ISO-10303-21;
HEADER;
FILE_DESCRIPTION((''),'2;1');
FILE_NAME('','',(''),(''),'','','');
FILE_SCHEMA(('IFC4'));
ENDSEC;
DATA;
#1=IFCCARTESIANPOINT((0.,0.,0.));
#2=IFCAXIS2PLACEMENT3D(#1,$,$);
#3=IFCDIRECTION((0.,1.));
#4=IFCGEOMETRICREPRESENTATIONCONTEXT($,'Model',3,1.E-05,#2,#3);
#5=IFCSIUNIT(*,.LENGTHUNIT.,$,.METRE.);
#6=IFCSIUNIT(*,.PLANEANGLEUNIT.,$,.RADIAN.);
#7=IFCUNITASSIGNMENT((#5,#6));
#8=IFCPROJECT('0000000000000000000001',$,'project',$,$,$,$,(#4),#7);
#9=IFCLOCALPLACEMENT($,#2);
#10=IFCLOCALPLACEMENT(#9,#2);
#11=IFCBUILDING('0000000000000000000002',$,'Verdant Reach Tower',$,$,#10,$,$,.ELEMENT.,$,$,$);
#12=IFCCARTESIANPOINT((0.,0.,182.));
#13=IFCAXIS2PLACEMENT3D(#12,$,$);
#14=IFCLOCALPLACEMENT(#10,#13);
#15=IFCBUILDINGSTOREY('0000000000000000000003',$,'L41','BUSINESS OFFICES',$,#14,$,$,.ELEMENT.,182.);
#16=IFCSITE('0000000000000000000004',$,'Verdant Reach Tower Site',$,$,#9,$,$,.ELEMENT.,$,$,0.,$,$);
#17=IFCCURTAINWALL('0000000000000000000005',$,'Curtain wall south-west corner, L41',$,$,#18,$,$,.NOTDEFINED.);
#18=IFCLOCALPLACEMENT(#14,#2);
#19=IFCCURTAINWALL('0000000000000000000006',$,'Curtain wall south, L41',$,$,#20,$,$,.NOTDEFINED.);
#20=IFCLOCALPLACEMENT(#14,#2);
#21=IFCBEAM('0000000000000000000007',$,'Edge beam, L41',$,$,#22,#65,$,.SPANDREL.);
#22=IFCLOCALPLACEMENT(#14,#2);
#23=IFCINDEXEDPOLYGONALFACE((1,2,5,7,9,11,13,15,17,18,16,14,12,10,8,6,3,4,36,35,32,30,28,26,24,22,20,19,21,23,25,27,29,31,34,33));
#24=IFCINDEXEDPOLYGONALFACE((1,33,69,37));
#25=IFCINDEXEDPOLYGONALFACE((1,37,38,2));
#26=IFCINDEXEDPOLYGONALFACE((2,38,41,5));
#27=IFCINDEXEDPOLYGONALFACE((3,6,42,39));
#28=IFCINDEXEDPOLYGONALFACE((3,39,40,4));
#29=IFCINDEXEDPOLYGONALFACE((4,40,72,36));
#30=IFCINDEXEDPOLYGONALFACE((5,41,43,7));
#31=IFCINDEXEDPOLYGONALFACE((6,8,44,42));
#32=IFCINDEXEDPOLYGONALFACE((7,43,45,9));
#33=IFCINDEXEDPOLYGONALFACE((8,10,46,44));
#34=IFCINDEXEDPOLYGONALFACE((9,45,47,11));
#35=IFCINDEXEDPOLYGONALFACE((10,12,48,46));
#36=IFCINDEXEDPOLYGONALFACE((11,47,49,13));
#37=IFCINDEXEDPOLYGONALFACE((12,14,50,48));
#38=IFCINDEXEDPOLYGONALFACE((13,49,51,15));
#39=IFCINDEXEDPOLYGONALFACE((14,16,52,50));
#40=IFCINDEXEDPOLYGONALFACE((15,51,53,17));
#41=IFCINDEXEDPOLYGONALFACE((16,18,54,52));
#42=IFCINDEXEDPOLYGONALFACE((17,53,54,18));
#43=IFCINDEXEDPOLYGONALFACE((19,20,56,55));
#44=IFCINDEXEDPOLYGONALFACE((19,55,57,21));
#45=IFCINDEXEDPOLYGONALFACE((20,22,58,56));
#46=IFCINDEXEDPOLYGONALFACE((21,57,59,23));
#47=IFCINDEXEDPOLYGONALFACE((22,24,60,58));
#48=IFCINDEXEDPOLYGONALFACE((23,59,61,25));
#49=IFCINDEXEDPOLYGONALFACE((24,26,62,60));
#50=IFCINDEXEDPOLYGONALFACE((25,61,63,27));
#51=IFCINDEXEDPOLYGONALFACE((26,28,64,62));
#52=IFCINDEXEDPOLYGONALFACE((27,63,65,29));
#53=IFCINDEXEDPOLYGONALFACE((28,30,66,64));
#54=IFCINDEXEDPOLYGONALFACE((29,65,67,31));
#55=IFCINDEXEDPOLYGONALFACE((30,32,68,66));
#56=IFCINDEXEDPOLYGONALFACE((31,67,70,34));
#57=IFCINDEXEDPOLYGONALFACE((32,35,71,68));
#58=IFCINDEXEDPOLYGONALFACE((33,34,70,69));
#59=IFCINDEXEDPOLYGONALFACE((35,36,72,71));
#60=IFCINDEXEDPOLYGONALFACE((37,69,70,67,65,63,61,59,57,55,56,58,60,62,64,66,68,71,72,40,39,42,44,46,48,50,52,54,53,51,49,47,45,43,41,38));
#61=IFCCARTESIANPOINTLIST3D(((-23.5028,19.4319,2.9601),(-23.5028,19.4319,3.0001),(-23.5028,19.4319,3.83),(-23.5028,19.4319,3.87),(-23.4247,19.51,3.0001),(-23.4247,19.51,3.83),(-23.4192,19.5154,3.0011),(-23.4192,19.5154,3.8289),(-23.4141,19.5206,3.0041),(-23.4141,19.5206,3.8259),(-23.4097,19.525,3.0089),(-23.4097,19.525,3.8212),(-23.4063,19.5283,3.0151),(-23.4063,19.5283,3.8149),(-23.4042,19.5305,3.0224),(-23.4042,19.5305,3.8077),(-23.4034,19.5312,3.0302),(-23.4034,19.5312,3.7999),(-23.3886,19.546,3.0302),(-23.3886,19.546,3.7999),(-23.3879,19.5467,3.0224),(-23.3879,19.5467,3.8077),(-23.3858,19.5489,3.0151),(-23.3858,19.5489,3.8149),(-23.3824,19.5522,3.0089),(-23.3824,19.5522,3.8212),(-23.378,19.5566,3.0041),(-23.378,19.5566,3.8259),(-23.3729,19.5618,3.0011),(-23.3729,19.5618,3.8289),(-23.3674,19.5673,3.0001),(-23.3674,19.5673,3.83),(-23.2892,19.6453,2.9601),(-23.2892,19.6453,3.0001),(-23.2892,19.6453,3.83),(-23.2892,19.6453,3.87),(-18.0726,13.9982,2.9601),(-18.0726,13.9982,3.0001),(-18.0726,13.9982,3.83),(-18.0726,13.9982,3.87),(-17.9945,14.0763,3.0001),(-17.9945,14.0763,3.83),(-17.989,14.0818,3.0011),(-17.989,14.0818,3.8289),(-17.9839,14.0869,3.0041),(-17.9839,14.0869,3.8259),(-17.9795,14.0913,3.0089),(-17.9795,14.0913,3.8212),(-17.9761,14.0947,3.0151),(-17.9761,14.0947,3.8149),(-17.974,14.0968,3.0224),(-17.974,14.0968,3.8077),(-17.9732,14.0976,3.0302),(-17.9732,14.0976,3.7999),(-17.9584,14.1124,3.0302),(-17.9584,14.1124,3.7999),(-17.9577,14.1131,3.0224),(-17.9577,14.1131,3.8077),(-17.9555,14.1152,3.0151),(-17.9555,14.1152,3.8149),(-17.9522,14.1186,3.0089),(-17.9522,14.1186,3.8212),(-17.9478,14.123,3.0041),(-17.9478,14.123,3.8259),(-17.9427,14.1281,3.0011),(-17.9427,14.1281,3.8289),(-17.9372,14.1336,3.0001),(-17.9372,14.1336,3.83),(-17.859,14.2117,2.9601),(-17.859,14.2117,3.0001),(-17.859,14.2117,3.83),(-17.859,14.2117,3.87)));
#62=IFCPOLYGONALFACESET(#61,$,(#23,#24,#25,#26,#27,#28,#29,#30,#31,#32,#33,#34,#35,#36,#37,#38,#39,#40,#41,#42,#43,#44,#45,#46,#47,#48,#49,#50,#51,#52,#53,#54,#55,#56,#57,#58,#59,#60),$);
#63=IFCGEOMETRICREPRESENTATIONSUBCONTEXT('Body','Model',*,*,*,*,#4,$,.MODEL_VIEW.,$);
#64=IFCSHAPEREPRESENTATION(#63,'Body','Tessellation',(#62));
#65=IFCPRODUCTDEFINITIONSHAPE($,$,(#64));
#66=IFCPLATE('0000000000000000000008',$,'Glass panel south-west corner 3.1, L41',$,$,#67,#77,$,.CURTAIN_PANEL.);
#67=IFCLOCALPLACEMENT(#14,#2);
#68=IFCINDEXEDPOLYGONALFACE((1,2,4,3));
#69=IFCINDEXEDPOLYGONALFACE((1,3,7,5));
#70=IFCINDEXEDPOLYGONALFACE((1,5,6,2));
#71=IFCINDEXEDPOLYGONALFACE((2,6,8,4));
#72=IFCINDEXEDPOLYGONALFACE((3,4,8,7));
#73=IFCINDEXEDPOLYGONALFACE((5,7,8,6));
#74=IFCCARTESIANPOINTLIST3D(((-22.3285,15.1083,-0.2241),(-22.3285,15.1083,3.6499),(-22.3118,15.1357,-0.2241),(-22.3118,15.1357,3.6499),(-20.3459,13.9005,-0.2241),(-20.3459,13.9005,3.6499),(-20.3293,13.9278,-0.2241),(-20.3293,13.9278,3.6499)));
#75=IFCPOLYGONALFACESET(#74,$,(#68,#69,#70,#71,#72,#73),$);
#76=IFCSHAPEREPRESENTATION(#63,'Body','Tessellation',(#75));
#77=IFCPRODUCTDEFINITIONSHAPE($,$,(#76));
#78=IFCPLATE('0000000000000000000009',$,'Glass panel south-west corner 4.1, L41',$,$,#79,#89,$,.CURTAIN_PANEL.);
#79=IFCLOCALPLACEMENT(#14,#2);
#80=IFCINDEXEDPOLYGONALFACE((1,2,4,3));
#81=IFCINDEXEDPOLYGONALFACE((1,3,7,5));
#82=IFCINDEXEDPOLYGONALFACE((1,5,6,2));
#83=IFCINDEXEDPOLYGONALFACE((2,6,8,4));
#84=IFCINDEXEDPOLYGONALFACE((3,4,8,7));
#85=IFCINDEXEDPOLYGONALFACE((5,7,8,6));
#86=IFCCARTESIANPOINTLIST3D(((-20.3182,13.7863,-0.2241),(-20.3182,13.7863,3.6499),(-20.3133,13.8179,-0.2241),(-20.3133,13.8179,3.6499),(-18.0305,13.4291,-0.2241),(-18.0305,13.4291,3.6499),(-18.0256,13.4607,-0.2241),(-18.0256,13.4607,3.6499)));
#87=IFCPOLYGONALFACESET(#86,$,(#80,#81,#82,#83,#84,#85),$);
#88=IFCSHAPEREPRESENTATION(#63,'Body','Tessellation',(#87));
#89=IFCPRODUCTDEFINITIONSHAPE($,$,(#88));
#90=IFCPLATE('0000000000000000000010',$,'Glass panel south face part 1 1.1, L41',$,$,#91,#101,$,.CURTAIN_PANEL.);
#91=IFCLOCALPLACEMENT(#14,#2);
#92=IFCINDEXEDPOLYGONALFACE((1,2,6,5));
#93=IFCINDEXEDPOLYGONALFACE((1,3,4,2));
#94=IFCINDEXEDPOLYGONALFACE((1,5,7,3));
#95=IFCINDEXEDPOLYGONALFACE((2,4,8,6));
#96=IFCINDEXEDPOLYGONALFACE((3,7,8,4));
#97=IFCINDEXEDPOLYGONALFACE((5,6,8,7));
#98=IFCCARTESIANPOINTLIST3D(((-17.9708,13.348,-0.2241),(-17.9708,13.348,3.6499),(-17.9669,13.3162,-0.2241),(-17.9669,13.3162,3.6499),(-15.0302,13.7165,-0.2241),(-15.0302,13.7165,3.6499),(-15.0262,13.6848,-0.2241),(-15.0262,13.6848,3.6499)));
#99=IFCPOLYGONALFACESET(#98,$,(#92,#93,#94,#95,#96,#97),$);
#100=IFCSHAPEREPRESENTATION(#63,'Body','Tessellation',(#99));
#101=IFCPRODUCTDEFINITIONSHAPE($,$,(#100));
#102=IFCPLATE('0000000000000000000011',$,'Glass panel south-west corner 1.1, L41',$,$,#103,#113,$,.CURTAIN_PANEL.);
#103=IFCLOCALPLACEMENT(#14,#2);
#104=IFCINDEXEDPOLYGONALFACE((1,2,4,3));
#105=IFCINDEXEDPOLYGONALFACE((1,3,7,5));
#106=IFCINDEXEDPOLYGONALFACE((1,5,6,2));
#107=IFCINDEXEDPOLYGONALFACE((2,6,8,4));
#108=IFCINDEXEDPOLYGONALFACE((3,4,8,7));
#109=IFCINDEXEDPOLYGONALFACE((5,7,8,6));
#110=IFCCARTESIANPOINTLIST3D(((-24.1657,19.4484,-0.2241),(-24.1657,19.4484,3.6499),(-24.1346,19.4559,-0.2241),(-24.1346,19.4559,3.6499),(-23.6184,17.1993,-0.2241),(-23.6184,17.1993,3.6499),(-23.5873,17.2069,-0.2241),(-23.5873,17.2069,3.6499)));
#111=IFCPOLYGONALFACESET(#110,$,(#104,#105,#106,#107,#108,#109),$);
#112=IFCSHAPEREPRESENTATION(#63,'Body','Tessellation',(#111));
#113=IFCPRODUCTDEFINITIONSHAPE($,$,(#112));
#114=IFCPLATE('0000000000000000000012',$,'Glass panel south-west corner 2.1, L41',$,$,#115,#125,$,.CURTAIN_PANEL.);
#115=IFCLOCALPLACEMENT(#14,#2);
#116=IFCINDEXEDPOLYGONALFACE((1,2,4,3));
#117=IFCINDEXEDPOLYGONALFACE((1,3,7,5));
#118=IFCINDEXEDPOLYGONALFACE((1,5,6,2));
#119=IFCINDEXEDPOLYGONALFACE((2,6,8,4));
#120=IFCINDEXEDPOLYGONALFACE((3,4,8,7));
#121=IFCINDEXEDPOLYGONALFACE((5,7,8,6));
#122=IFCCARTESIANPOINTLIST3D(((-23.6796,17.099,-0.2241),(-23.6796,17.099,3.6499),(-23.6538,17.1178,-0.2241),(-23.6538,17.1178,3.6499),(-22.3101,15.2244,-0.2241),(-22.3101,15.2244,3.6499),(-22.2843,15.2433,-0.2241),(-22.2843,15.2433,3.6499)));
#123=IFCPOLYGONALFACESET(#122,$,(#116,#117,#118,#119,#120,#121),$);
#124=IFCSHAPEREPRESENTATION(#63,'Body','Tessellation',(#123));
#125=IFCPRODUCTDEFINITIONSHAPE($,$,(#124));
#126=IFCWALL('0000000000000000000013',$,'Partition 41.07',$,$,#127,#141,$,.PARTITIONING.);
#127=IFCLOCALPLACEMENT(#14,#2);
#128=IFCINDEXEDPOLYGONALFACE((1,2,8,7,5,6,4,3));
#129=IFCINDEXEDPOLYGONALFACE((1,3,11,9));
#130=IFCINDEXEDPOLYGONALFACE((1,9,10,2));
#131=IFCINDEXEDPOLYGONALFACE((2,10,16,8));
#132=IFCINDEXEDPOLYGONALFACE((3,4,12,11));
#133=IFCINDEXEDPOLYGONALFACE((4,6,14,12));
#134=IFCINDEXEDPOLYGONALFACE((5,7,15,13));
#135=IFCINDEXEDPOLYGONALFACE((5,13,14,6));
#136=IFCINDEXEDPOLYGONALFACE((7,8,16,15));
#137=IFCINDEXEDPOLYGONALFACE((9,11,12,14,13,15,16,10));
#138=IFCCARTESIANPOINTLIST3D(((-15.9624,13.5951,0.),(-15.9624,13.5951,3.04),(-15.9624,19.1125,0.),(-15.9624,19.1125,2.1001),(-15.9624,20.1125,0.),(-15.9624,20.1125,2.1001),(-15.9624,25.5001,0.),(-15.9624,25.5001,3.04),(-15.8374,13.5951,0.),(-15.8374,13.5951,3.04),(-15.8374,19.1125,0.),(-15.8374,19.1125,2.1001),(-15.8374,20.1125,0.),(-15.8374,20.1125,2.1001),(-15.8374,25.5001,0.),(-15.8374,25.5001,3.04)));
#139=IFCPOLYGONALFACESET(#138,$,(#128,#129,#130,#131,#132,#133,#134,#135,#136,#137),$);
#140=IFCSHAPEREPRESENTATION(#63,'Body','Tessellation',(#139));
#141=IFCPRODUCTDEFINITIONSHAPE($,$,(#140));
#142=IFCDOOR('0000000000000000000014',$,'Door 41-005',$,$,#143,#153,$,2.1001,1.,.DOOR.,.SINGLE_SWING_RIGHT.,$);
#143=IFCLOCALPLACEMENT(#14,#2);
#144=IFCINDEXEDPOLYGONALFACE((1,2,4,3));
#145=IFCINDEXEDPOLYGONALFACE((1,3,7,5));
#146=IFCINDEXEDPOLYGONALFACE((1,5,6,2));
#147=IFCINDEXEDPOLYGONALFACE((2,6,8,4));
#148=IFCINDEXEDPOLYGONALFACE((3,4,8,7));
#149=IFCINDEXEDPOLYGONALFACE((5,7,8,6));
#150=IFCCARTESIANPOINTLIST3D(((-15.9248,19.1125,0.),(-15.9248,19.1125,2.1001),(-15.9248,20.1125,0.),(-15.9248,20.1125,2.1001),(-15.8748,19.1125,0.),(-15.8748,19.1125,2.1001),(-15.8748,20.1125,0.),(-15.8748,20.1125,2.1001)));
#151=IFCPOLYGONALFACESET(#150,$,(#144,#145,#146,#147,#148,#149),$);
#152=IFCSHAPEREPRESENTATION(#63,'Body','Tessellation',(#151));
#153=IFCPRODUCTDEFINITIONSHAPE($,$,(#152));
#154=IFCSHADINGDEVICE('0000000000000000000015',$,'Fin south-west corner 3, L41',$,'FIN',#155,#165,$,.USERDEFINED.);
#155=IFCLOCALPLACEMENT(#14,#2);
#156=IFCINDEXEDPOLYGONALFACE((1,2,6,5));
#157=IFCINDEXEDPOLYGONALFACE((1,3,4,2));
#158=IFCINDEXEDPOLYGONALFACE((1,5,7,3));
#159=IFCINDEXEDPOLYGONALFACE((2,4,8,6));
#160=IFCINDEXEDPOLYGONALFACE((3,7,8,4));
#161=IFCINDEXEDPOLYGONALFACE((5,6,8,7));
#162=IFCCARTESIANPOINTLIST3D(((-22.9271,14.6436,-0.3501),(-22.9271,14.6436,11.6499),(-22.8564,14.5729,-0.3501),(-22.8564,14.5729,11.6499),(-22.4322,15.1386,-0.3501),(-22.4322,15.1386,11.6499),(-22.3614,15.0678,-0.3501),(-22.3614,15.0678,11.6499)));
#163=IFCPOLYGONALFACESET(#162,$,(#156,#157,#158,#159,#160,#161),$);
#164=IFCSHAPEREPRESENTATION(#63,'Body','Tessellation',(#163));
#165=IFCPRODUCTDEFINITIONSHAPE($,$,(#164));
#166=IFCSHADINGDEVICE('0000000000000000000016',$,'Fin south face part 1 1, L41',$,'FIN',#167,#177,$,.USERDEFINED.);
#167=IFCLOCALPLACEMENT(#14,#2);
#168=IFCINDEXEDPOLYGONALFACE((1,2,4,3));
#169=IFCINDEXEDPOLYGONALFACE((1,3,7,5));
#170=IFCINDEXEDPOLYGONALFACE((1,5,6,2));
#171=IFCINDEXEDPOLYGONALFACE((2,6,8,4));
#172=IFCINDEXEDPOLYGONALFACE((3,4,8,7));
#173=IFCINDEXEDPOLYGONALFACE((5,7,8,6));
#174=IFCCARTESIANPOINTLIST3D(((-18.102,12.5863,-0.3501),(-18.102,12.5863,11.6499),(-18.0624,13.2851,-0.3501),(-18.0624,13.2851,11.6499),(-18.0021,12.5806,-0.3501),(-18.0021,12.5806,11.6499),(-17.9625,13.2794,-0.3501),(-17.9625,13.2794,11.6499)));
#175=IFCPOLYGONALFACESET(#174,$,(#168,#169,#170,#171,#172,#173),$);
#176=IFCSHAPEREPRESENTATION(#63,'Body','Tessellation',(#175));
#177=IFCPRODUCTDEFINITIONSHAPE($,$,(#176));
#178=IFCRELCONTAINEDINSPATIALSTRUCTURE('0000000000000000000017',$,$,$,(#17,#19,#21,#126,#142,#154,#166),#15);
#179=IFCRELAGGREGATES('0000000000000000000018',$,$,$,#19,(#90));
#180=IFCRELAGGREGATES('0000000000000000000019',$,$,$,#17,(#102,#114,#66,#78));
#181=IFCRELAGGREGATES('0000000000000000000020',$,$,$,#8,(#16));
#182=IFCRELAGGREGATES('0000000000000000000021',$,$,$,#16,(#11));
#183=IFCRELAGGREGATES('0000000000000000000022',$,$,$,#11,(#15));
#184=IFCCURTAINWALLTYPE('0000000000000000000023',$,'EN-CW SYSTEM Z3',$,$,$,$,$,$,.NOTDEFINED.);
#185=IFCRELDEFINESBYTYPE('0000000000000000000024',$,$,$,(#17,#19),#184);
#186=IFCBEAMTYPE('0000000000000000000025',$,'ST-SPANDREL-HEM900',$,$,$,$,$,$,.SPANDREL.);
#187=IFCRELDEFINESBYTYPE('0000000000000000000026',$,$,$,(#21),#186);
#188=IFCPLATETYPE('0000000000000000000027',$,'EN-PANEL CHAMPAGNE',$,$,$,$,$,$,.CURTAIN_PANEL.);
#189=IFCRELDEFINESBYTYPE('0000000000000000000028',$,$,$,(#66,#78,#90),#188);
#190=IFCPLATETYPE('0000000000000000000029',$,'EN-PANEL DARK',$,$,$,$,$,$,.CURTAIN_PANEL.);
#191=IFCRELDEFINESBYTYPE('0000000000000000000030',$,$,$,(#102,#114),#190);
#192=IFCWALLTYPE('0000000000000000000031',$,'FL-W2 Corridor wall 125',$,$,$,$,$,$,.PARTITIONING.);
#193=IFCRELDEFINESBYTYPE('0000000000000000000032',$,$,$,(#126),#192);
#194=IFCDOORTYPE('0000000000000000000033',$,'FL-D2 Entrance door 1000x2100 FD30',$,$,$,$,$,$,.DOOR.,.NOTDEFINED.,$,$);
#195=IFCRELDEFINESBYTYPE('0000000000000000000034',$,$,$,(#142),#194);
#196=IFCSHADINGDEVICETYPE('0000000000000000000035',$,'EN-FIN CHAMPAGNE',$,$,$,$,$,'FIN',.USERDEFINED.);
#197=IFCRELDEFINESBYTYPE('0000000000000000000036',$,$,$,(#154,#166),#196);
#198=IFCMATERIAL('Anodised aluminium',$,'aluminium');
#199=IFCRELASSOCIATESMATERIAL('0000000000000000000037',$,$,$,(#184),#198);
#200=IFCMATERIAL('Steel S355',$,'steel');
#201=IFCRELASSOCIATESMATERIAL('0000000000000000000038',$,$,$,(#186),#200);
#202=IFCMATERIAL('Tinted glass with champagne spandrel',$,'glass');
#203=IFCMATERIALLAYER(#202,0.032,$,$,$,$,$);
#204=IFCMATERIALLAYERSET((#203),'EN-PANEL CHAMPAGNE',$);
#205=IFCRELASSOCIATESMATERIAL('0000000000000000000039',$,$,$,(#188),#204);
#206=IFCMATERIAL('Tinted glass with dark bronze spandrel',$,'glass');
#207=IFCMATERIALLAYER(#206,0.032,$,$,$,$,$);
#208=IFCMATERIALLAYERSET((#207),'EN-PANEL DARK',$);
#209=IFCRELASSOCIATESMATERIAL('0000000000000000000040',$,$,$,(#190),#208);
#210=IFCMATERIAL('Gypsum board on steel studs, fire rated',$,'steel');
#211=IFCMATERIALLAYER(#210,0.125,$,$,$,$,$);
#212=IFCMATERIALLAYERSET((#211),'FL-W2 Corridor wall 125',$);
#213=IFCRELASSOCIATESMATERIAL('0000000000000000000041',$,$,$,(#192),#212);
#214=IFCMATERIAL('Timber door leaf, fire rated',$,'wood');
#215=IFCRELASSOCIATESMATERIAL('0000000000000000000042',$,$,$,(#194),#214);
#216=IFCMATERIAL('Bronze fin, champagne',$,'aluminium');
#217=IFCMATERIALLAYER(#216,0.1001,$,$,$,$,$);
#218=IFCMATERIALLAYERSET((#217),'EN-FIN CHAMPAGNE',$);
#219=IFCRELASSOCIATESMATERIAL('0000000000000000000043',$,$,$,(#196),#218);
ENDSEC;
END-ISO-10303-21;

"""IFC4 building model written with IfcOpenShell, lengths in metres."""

from ifc_helpers import new_model, si_unit, direction, frame, frame_2d, origin, origin_2d, place, context, subcontext, project, spatial, rectangle, i_section, extrude, material, layer, layer_set, material_profile, profile_set, type_object, element, fill, aggregate, save


model = new_model("IFC4")

# Units and contexts
model_context = context("Model", 3, precision=1e-05, world=origin(), true_north=direction((0.0, 1.0)))
body_context = subcontext(model_context, "Body", "Model", "MODEL_VIEW")
ifc_project = project(units=[si_unit("LENGTHUNIT", "METRE"), si_unit("PLANEANGLEUNIT", "RADIAN")], contexts=[model_context])

# Site, building, storey
site_placement = place(None, origin())
site = spatial("IfcSite", under=ifc_project, at=site_placement, Name="Verdant Reach Tower Site", CompositionType="ELEMENT", RefElevation=0.0)
building_placement = place(site_placement, origin())
building = spatial("IfcBuilding", under=site, at=building_placement, Name="Verdant Reach Tower", CompositionType="ELEMENT")
storey_placement = place(building_placement, frame((0.0, 0.0, 182.0)))
storey = spatial("IfcBuildingStorey", under=building, at=storey_placement, Name="L41", Description="BUSINESS OFFICES", CompositionType="ELEMENT", Elevation=182.0)

# Curtain walls
ifc_material_1 = material(Name="Anodised aluminium", Category="aluminium")
curtain_wall_type = type_object("IfcCurtainWallType", Name="EN-CW SYSTEM Z3", PredefinedType="NOTDEFINED", material=ifc_material_1)
curtain_wall_1_placement = place(storey_placement, origin())
curtain_wall_1 = element("IfcCurtainWall", 1, at=curtain_wall_1_placement, inside=storey, type_object=curtain_wall_type, Name="Curtain wall south-west corner, L41", PredefinedType="NOTDEFINED")
curtain_wall_2_placement = place(storey_placement, origin())
curtain_wall_2 = element("IfcCurtainWall", 2, at=curtain_wall_2_placement, inside=storey, type_object=curtain_wall_type, Name="Curtain wall south, L41", PredefinedType="NOTDEFINED")

# Beam
ifc_material_2 = material(Name="Steel S355", Category="steel")
ifc_material_profile_1 = material_profile(ifc_material_2, i_section(OverallWidth=0.302, OverallDepth=0.9099, WebThickness=0.021, FlangeThickness=0.04, FilletRadius=0.03, at=origin_2d()), Name="HEM 900")
ifc_profile_set_1 = profile_set([ifc_material_profile_1], Name="Steel S355")
beam_type_1 = type_object("IfcBeamType", Name="ST-SPANDREL-HEM900", PredefinedType="SPANDREL", material=ifc_profile_set_1)
beam_1_placement = place(storey_placement, frame((-17.9658, 14.105, 3.415), z_axis=(-0.706884, 0.707329, 0.0), x_axis=(-0.707329, -0.706884, 0.0)))
element("IfcBeam", 3, at=beam_1_placement, inside=storey, type_object=beam_type_1, Name="Edge beam, L41", PredefinedType="SPANDREL", context=body_context, shape_type="SweptSolid", body=[
    extrude(i_section(OverallWidth=0.302, OverallDepth=0.9099, WebThickness=0.021, FlangeThickness=0.04, FilletRadius=0.03, at=origin_2d()), origin(), (0.0, 0.0, 1.0), 7.6819),
])

# Plates
ifc_material_3 = material(Name="Tinted glass with champagne spandrel", Category="glass")
ifc_layer_1 = layer(ifc_material_3, 0.032)
ifc_layer_set_1 = layer_set([ifc_layer_1], Name="EN-PANEL CHAMPAGNE")
plate_type_1 = type_object("IfcPlateType", Name="EN-PANEL CHAMPAGNE", PredefinedType="CURTAIN_PANEL", material=ifc_layer_set_1)
plate_1_placement = place(storey_placement, frame((-21.3289, 14.5181, -0.2241), z_axis=(0.0, 0.0, 1.0), x_axis=(0.853989, -0.520292, 0.0)))
plate_1 = element("IfcPlate", 4, at=plate_1_placement, type_object=plate_type_1, Name="Glass panel south-west corner 3.1, L41", PredefinedType="CURTAIN_PANEL", context=body_context, shape_type="SweptSolid", body=[
    extrude(rectangle(XDim=2.3215, YDim=0.032, at=origin_2d()), origin(), (0.0, 0.0, 1.0), 3.874),
])
plate_2_placement = place(storey_placement, frame((-19.1719, 13.6235, -0.2241), z_axis=(0.0, 0.0, 1.0), x_axis=(0.988029, -0.154268, 0.0)))
plate_2 = element("IfcPlate", 5, at=plate_2_placement, type_object=plate_type_1, Name="Glass panel south-west corner 4.1, L41", PredefinedType="CURTAIN_PANEL", context=body_context, shape_type="SweptSolid", body=[
    extrude(rectangle(XDim=2.3154, YDim=0.032, at=origin_2d()), origin(), (0.0, 0.0, 1.0), 3.874),
])
plate_3_placement = place(storey_placement, frame((-16.4985, 13.5164, -0.2241), z_axis=(0.0, 0.0, 1.0), x_axis=(0.992238, 0.124355, 0.0)))
plate_3 = element("IfcPlate", 6, at=plate_3_placement, type_object=plate_type_1, Name="Glass panel south face part 1 1.1, L41", PredefinedType="CURTAIN_PANEL", context=body_context, shape_type="SweptSolid", body=[
    extrude(rectangle(XDim=2.9636, YDim=0.032, at=origin_2d()), origin(), (0.0, 0.0, 1.0), 3.874),
])
aggregate(curtain_wall_2, [plate_3])
ifc_material_4 = material(Name="Tinted glass with dark bronze spandrel", Category="glass")
ifc_layer_2 = layer(ifc_material_4, 0.032)
ifc_layer_set_2 = layer_set([ifc_layer_2], Name="EN-PANEL DARK")
plate_type_2 = type_object("IfcPlateType", Name="EN-PANEL DARK", PredefinedType="CURTAIN_PANEL", material=ifc_layer_set_2)
plate_4_placement = place(storey_placement, frame((-23.8765, 18.3276, -0.2241), z_axis=(0.0, 0.0, 1.0), x_axis=(0.236446, -0.971645, 0.0)))
plate_4 = element("IfcPlate", 7, at=plate_4_placement, type_object=plate_type_2, Name="Glass panel south-west corner 1.1, L41", PredefinedType="CURTAIN_PANEL", context=body_context, shape_type="SweptSolid", body=[
    extrude(rectangle(XDim=2.3147, YDim=0.032, at=origin_2d()), origin(), (0.0, 0.0, 1.0), 3.874),
])
plate_5_placement = place(storey_placement, frame((-22.9819, 16.1711, -0.2241), z_axis=(0.0, 0.0, 1.0), x_axis=(0.589927, -0.807457, 0.0)))
plate_5 = element("IfcPlate", 8, at=plate_5_placement, type_object=plate_type_2, Name="Glass panel south-west corner 2.1, L41", PredefinedType="CURTAIN_PANEL", context=body_context, shape_type="SweptSolid", body=[
    extrude(rectangle(XDim=2.3215, YDim=0.032, at=origin_2d()), origin(), (0.0, 0.0, 1.0), 3.874),
])
aggregate(curtain_wall_1, [plate_4, plate_5, plate_1, plate_2])

# Wall, opening, door
ifc_material_5 = material(Name="Gypsum board on steel studs, fire rated", Category="steel")
ifc_layer_3 = layer(ifc_material_5, 0.125)
ifc_layer_set_3 = layer_set([ifc_layer_3], Name="FL-W2 Corridor wall 125")
wall_type = type_object("IfcWallType", Name="FL-W2 Corridor wall 125", PredefinedType="PARTITIONING", material=ifc_layer_set_3)
wall_placement = place(storey_placement, frame((-15.8999, 13.595, 0.0), z_axis=(0.0, 0.0, 1.0), x_axis=(0.0, 1.0, 0.0)))
wall = element("IfcWall", 9, at=wall_placement, inside=storey, type_object=wall_type, Name="Partition 41.07", PredefinedType="PARTITIONING", context=body_context, shape_type="SweptSolid", body=[
    extrude(rectangle(XDim=11.905, YDim=0.125, at=frame_2d((5.9526, 0.0))), origin(), (0.0, 0.0, 1.0), 3.04),
])
opening_placement = place(wall_placement, frame((5.5176, 0.0, 0.0)))
opening = element("IfcOpeningElement", 10, at=opening_placement, cuts=wall, PredefinedType="OPENING", context=body_context, shape_type="SweptSolid", body=[
    extrude(rectangle(XDim=1.0, YDim=2.1001, at=frame_2d((0.5, 1.05))), frame((0.0, 0.0725, 0.0), z_axis=(0.0, -1.0, 0.0), x_axis=(1.0, 0.0, 0.0)), (0.0, 0.0, 1.0), 0.145),
])
ifc_material_6 = material(Name="Timber door leaf, fire rated", Category="wood")
door_type = type_object("IfcDoorType", Name="FL-D2 Entrance door 1000x2100 FD30", OperationType="NOTDEFINED", PredefinedType="DOOR", material=ifc_material_6)
door_placement = place(opening_placement, origin())
door = element("IfcDoor", 11, at=door_placement, inside=storey, type_object=door_type, Name="Door 41-005", OperationType="SINGLE_SWING_RIGHT", OverallHeight=2.1001, OverallWidth=1.0, PredefinedType="DOOR", context=body_context, shape_type="SweptSolid", body=[
    extrude(rectangle(XDim=1.0, YDim=2.1001, at=frame_2d((0.5, 1.05))), frame((0.0, 0.0249, 0.0), z_axis=(0.0, -1.0, 0.0), x_axis=(1.0, 0.0, 0.0)), (0.0, 0.0, 1.0), 0.05),
])
fill(opening, door)

# Shading devices
ifc_material_7 = material(Name="Bronze fin, champagne", Category="aluminium")
ifc_layer_4 = layer(ifc_material_7, 0.1001)
ifc_layer_set_4 = layer_set([ifc_layer_4], Name="EN-FIN CHAMPAGNE")
shading_device_type_1 = type_object("IfcShadingDeviceType", Name="EN-FIN CHAMPAGNE", ElementType="FIN", PredefinedType="USERDEFINED", material=ifc_layer_set_4)
for number, where, z_axis, x_axis, name in (
    (12, (-22.6443, 14.8557, -0.3501), (0.0, 0.0, 1.0), (0.707107, -0.707107, 0.0), "Fin south-west corner 3, L41"),
    (13, (-18.0322, 12.9329, -0.3501), (0.0, 0.0, 1.0), (0.998399, -0.056569, 0.0), "Fin south face part 1 1, L41"),
):
    element("IfcShadingDevice", number, at=place(storey_placement, frame(where, z_axis=z_axis, x_axis=x_axis)), inside=storey, type_object=shading_device_type_1, Name=name, ObjectType="FIN", PredefinedType="USERDEFINED", context=body_context, shape_type="SweptSolid", body=[
        extrude(rectangle(XDim=0.1001, YDim=0.7, at=origin_2d()), origin(), (0.0, 0.0, 1.0), 12.0),
    ])

save(model, "model.ifc")
